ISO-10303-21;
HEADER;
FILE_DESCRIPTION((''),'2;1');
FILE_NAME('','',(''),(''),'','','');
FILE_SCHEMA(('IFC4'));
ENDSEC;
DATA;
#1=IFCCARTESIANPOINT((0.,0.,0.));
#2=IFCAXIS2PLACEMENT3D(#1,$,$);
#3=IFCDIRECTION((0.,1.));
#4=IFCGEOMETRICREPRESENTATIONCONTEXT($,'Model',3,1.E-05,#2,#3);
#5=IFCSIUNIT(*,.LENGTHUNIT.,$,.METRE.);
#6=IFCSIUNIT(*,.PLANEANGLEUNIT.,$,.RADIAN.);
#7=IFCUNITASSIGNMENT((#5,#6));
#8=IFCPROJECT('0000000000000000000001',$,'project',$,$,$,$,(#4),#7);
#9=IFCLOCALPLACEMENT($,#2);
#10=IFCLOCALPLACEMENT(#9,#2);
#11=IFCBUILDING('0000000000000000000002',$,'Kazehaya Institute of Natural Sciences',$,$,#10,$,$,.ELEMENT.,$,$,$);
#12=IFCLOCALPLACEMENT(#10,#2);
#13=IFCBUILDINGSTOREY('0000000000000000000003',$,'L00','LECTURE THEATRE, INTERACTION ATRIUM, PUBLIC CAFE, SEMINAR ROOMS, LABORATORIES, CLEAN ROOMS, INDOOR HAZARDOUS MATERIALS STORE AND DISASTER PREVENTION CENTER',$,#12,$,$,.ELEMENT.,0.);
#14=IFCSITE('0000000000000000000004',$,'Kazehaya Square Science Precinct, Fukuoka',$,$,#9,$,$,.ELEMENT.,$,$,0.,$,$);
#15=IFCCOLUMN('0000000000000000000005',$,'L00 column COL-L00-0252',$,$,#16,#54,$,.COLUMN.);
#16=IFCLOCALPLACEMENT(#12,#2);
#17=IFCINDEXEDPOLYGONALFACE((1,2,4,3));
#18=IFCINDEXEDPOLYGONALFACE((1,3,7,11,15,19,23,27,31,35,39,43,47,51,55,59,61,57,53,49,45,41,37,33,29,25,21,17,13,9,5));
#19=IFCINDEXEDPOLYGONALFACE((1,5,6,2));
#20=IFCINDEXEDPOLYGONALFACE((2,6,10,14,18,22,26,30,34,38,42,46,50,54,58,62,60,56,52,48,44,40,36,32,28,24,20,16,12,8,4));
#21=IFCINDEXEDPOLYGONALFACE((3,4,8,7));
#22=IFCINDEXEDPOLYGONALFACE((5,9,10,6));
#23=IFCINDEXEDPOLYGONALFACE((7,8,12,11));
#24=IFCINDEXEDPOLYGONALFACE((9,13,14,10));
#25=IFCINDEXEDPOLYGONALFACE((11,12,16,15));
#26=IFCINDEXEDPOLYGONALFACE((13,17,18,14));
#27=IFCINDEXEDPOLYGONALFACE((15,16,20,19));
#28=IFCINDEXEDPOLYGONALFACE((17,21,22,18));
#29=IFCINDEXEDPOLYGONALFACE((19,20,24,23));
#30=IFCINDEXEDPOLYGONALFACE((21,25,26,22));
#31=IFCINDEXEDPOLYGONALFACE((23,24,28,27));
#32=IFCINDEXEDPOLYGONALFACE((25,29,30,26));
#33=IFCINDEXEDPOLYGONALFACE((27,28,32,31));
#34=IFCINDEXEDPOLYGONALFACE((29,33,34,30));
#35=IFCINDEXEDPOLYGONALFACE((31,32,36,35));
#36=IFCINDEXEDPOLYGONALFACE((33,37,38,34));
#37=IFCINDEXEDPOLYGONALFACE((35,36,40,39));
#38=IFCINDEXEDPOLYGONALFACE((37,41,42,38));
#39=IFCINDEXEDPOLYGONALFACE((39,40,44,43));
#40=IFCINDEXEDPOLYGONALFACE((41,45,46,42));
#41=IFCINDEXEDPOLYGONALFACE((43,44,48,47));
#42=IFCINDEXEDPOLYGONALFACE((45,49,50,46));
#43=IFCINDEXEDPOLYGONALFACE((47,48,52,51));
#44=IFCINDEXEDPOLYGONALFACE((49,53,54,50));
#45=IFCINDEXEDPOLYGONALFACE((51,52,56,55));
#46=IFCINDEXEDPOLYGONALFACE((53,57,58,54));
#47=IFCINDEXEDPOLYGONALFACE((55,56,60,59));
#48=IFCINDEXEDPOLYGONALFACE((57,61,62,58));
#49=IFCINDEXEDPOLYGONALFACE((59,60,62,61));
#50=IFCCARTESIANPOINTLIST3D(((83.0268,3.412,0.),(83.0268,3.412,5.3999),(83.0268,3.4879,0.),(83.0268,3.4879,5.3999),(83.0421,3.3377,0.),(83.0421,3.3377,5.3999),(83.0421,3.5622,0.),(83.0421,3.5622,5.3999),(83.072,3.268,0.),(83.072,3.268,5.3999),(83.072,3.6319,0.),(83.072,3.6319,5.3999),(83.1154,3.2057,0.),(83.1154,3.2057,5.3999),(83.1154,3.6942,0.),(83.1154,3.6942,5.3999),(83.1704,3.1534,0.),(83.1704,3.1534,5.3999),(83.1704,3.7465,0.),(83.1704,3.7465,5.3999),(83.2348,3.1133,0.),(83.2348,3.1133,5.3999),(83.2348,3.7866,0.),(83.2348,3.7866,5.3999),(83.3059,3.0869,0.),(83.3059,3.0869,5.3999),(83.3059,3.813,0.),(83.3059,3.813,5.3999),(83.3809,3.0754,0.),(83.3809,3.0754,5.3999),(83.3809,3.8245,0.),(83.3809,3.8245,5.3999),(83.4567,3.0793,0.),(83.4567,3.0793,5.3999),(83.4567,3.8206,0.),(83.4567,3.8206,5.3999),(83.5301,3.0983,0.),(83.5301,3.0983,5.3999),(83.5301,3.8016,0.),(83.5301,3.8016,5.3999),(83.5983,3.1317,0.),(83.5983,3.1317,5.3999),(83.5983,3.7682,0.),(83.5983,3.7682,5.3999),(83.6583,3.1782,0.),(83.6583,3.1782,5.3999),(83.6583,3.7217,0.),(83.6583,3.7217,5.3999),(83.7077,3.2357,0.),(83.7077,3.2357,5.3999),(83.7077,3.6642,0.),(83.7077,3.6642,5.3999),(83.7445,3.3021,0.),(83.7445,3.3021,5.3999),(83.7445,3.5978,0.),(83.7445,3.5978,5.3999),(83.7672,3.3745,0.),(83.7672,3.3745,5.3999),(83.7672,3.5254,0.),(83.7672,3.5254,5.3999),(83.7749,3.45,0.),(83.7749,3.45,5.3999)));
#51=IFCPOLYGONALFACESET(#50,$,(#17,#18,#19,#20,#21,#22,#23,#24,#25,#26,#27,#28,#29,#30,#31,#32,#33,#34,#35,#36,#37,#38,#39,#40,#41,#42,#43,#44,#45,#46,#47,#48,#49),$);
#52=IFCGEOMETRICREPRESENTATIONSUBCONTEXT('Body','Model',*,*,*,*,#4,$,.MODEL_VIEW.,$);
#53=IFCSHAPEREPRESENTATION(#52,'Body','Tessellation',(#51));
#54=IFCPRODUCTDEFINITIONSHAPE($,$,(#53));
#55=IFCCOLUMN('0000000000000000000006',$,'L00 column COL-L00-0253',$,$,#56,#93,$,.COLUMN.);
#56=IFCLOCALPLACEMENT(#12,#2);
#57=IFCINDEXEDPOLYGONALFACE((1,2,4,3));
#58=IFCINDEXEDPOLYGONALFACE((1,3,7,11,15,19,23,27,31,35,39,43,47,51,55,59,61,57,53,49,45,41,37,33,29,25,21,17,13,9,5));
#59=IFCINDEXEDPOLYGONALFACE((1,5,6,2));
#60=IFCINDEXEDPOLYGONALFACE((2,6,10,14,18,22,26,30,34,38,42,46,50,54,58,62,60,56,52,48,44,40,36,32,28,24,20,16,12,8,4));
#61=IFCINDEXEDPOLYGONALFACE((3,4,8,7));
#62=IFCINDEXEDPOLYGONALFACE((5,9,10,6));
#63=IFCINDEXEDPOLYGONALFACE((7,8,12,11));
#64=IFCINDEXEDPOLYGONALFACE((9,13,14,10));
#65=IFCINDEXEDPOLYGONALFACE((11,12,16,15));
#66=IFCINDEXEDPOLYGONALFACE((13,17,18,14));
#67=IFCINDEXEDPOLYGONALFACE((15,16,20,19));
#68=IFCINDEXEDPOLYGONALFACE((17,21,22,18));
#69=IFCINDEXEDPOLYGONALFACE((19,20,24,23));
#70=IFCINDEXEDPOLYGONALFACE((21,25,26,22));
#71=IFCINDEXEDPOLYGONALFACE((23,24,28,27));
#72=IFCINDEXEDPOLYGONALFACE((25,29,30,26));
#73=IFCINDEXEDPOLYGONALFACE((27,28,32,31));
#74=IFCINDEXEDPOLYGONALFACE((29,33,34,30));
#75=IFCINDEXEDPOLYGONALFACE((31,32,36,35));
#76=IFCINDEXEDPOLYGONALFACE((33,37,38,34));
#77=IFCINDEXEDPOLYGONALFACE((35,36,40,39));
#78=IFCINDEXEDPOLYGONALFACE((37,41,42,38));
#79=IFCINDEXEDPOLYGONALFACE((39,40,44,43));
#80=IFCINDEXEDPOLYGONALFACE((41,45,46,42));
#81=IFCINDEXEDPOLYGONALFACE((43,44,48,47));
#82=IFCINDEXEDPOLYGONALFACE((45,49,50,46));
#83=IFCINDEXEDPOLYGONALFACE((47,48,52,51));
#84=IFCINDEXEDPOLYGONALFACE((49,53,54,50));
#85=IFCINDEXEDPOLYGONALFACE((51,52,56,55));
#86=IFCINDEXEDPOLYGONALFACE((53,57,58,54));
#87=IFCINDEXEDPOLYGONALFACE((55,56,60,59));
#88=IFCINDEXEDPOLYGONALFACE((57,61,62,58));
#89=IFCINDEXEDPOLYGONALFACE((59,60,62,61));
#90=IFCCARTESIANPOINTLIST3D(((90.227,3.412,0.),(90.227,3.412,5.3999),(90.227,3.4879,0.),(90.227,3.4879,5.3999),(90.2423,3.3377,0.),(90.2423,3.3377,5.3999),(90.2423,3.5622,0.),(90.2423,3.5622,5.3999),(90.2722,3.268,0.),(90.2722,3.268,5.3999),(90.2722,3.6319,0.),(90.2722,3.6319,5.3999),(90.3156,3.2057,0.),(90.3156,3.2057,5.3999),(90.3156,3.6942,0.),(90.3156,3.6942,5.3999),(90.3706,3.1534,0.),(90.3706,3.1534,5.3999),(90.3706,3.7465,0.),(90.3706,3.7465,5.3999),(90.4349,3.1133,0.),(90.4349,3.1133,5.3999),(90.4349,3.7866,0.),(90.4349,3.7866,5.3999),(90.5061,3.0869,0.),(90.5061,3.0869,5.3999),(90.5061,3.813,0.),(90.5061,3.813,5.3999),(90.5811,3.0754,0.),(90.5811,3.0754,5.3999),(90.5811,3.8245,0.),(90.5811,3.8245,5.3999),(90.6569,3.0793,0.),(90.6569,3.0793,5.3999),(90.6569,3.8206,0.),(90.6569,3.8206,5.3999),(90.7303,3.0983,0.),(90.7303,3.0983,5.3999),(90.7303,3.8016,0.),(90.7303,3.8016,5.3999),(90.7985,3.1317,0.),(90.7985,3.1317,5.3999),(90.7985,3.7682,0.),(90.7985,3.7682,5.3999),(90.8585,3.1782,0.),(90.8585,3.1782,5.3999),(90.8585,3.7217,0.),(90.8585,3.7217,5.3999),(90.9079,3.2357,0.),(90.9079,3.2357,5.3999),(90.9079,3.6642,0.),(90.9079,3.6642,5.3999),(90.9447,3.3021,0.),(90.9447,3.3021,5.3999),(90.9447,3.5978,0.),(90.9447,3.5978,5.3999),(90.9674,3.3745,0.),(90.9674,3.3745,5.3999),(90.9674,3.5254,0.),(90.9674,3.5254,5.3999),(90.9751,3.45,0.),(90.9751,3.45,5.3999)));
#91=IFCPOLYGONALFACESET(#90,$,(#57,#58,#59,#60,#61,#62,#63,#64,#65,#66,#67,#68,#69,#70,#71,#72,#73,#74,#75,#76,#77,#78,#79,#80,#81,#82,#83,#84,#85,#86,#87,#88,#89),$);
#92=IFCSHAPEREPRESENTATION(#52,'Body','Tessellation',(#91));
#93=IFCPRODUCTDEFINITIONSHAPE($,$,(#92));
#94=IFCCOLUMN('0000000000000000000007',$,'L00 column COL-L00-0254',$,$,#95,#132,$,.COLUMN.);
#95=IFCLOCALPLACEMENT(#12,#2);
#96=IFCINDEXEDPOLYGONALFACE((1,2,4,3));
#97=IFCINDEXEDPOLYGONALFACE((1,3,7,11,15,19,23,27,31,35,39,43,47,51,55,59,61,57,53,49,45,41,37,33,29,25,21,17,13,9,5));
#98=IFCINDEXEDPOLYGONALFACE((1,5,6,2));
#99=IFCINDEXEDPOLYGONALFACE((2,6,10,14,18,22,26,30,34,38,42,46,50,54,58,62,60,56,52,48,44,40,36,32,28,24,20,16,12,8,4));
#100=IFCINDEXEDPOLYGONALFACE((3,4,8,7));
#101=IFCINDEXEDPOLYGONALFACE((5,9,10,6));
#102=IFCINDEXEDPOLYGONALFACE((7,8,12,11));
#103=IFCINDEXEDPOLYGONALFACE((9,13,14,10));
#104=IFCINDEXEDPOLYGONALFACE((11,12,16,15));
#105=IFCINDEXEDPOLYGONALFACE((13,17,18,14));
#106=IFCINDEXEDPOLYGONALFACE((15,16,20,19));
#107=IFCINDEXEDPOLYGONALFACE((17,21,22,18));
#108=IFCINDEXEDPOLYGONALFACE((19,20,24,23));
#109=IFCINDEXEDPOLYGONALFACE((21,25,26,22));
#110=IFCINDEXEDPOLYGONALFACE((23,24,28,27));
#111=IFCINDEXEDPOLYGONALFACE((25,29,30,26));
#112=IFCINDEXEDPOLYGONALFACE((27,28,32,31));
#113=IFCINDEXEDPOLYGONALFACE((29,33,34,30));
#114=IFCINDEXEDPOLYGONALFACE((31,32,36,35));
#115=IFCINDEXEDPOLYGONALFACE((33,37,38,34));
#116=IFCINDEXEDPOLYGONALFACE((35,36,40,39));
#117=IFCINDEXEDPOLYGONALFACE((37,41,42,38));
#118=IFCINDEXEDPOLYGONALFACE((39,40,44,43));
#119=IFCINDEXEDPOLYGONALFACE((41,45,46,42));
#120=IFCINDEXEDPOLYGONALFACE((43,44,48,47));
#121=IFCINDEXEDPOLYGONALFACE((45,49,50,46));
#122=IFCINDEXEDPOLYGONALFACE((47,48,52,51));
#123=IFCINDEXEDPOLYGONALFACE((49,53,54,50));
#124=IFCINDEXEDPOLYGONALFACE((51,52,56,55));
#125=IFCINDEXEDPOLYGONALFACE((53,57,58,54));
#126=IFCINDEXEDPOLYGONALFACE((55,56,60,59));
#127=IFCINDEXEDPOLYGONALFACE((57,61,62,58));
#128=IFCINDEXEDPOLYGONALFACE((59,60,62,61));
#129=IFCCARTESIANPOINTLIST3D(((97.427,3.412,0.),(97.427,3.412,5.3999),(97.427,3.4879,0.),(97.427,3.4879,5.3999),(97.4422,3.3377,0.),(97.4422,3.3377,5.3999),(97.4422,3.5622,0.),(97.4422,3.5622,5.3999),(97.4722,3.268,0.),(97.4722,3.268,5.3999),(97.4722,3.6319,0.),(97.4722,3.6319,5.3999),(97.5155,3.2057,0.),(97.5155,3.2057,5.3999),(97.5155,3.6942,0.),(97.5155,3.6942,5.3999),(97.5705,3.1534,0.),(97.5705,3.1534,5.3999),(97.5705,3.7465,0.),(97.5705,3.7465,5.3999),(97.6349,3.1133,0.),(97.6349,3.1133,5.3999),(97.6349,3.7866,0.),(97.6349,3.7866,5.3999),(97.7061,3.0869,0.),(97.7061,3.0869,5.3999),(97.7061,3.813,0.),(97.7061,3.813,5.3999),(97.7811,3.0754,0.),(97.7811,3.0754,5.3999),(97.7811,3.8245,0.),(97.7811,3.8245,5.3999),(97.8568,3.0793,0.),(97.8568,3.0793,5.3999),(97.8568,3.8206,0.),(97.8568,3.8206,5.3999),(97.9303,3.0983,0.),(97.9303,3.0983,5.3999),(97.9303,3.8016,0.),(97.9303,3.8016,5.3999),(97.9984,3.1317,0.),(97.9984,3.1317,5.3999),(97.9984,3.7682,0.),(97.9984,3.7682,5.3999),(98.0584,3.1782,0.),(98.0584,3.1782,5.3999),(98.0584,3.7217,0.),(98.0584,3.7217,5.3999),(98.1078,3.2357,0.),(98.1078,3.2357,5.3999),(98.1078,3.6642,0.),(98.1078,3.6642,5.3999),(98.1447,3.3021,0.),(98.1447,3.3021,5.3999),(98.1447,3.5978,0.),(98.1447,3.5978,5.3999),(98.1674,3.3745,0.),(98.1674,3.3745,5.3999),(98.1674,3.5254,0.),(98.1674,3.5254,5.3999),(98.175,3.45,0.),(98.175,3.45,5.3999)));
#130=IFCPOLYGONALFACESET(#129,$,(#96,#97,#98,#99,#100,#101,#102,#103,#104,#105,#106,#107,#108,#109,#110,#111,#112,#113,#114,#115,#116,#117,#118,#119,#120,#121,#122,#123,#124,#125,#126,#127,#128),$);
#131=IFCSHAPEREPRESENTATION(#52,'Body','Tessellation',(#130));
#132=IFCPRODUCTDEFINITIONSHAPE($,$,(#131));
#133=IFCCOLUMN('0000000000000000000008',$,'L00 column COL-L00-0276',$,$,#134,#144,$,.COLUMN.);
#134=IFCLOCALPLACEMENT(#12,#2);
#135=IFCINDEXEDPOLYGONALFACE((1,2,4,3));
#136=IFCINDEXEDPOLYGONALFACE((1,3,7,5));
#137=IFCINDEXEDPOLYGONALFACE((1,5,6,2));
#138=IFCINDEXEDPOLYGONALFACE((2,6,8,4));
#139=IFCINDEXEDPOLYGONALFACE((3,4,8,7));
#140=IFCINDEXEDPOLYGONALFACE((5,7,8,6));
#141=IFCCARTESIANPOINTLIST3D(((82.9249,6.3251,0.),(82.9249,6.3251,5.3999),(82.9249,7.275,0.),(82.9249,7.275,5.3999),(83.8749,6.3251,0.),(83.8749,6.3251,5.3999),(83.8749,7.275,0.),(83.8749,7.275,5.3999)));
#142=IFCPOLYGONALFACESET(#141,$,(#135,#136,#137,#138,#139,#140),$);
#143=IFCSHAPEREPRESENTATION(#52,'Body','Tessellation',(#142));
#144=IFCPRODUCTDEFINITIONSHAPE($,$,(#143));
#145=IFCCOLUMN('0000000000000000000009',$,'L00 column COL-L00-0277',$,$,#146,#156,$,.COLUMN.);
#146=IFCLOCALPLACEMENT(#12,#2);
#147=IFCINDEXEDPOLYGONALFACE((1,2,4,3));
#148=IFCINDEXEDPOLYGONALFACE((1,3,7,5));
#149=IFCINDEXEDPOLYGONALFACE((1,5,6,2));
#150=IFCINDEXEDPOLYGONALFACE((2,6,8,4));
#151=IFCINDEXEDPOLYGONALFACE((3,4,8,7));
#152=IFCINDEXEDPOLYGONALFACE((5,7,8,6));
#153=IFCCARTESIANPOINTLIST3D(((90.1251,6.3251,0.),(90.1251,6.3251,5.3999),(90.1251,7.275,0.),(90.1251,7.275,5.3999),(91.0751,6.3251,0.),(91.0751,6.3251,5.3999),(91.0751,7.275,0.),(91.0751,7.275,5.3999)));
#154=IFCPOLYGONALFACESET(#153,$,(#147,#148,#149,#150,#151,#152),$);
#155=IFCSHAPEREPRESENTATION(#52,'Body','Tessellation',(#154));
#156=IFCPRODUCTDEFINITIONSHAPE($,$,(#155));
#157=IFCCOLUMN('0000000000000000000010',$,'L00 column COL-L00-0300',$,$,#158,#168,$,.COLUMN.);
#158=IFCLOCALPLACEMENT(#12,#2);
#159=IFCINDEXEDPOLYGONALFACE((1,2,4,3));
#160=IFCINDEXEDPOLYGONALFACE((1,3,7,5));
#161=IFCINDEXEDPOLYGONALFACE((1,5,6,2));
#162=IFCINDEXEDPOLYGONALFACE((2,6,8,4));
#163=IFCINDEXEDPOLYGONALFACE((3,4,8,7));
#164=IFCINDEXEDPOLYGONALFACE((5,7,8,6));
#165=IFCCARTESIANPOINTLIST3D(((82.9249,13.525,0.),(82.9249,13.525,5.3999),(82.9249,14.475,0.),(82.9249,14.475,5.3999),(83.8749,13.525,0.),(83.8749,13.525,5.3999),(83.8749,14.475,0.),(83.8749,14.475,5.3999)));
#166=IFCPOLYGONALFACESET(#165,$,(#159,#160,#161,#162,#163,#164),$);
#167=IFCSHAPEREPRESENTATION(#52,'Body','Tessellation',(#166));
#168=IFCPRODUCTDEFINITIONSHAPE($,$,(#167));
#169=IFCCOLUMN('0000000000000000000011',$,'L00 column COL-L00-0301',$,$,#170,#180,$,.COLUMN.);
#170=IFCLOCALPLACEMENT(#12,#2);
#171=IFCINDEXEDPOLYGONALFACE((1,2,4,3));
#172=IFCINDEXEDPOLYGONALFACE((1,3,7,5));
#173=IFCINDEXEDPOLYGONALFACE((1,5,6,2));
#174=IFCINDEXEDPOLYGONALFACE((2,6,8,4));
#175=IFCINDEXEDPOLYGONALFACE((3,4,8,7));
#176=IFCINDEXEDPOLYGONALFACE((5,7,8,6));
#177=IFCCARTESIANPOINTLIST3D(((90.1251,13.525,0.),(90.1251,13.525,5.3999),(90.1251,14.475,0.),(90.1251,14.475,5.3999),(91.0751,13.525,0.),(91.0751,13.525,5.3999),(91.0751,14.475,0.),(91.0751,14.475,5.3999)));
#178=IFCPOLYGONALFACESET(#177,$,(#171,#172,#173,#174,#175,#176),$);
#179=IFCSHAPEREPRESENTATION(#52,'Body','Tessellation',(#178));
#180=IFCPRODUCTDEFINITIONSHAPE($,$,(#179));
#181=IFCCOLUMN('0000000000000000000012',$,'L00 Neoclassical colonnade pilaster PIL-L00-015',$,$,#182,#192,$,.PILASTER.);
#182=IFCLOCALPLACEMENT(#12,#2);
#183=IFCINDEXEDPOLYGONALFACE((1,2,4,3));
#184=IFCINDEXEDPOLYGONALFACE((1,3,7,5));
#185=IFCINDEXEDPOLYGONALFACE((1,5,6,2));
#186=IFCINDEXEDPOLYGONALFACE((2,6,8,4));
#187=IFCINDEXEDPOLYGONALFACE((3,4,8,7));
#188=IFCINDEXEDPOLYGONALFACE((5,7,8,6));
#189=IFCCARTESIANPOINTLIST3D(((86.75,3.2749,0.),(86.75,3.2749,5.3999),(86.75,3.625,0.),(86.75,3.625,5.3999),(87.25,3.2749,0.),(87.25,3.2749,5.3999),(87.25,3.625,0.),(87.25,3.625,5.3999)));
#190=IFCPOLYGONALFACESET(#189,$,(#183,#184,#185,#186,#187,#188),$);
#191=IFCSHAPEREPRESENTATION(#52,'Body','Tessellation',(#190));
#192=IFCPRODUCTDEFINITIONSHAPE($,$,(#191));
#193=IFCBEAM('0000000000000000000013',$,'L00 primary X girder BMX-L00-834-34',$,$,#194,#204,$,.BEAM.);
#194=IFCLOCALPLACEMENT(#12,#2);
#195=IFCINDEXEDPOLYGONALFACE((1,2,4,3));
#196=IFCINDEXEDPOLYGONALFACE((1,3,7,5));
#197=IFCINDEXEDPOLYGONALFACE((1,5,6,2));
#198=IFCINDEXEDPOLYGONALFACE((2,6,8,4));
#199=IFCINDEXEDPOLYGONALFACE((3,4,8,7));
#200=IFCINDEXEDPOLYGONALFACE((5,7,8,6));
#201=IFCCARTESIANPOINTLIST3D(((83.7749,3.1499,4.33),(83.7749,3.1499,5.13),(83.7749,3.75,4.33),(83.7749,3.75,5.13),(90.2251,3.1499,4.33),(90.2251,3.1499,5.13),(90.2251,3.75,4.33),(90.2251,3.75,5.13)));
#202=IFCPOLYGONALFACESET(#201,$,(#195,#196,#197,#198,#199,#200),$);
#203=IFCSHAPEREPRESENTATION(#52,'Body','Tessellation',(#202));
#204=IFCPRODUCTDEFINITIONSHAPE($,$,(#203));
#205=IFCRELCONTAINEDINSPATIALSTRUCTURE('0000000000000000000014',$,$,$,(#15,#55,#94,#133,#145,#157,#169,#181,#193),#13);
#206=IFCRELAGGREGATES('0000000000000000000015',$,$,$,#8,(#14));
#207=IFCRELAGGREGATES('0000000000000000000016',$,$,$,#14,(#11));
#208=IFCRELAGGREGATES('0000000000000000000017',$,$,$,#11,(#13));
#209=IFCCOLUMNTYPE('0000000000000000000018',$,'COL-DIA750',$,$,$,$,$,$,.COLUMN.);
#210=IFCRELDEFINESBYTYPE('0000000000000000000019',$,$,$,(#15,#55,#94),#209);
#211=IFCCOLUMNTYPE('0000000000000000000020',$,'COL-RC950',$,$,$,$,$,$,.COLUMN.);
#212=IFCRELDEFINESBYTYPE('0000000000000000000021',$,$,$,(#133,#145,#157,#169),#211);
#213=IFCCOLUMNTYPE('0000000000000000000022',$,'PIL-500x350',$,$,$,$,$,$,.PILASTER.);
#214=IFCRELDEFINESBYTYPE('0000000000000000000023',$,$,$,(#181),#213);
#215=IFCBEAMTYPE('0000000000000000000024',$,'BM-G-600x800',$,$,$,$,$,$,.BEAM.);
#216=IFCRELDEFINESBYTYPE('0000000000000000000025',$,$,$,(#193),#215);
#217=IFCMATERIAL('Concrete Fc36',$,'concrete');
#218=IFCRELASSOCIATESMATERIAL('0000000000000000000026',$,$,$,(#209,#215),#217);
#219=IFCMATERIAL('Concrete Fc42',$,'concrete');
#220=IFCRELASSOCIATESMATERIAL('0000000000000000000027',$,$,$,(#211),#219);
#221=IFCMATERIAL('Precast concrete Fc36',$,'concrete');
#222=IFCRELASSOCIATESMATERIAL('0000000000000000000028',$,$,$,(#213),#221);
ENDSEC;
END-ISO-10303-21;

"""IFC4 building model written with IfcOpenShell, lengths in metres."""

from ifc_helpers import new_model, si_unit, direction, frame, origin, origin_2d, place, context, subcontext, project, spatial, rectangle, circle, extrude, material, material_profile, profile_set, type_object, element, save


model = new_model("IFC4")

# Units and contexts
model_context = context("Model", 3, precision=1e-05, world=origin(), true_north=direction((0.0, 1.0)))
body_context = subcontext(model_context, "Body", "Model", "MODEL_VIEW")
ifc_project = project(units=[si_unit("LENGTHUNIT", "METRE"), si_unit("PLANEANGLEUNIT", "RADIAN")], contexts=[model_context])

# Site, building, storey
site_placement = place(None, origin())
site = spatial("IfcSite", under=ifc_project, at=site_placement, Name="Kazehaya Square Science Precinct, Fukuoka", CompositionType="ELEMENT", RefElevation=0.0)
building_placement = place(site_placement, origin())
building = spatial("IfcBuilding", under=site, at=building_placement, Name="Kazehaya Institute of Natural Sciences", CompositionType="ELEMENT")
storey_placement = place(building_placement, origin())
storey = spatial("IfcBuildingStorey", under=building, at=storey_placement, Name="L00", Description="LECTURE THEATRE, INTERACTION ATRIUM, PUBLIC CAFE, SEMINAR ROOMS, LABORATORIES, CLEAN ROOMS, INDOOR HAZARDOUS MATERIALS STORE AND DISASTER PREVENTION CENTER", CompositionType="ELEMENT", Elevation=0.0)

# Columns
ifc_material_1 = material(Name="Concrete Fc36", Category="concrete")
ifc_material_profile_1 = material_profile(ifc_material_1, circle(Radius=0.375, at=origin_2d()), Name="RC-DIA750")
ifc_profile_set_1 = profile_set([ifc_material_profile_1], Name="Concrete Fc36")
column_type_1 = type_object("IfcColumnType", Name="COL-DIA750", PredefinedType="COLUMN", material=ifc_profile_set_1)
for number, where, z_axis, x_axis, name in (
    (1, (83.3999, 3.45, 0.0), (0.0, 0.0, 1.0), (1.0, 0.0, 0.0), "L00 column COL-L00-0252"),
    (2, (90.6001, 3.45, 0.0), (0.0, 0.0, 1.0), (1.0, 0.0, 0.0), "L00 column COL-L00-0253"),
    (3, (97.8, 3.45, 0.0), (0.0, 0.0, 1.0), (1.0, 0.0, 0.0), "L00 column COL-L00-0254"),
):
    element("IfcColumn", number, at=place(storey_placement, frame(where, z_axis=z_axis, x_axis=x_axis)), inside=storey, type_object=column_type_1, Name=name, PredefinedType="COLUMN", context=body_context, shape_type="SweptSolid", body=[
        extrude(circle(Radius=0.375, at=origin_2d()), origin(), (0.0, 0.0, 1.0), 5.3999),
    ])
ifc_material_2 = material(Name="Concrete Fc42", Category="concrete")
ifc_material_profile_2 = material_profile(ifc_material_2, rectangle(XDim=0.95, YDim=0.95, at=origin_2d()), Name="RC-950x950")
ifc_profile_set_2 = profile_set([ifc_material_profile_2], Name="Concrete Fc42")
column_type_2 = type_object("IfcColumnType", Name="COL-RC950", PredefinedType="COLUMN", material=ifc_profile_set_2)
for number, where, z_axis, x_axis, name in (
    (4, (83.3999, 6.8, 0.0), (0.0, 0.0, 1.0), (1.0, 0.0, 0.0), "L00 column COL-L00-0276"),
    (5, (90.6001, 6.8, 0.0), (0.0, 0.0, 1.0), (1.0, 0.0, 0.0), "L00 column COL-L00-0277"),
    (6, (83.3999, 14.0, 0.0), (0.0, 0.0, 1.0), (1.0, 0.0, 0.0), "L00 column COL-L00-0300"),
    (7, (90.6001, 14.0, 0.0), (0.0, 0.0, 1.0), (1.0, 0.0, 0.0), "L00 column COL-L00-0301"),
):
    element("IfcColumn", number, at=place(storey_placement, frame(where, z_axis=z_axis, x_axis=x_axis)), inside=storey, type_object=column_type_2, Name=name, PredefinedType="COLUMN", context=body_context, shape_type="SweptSolid", body=[
        extrude(rectangle(XDim=0.95, YDim=0.95, at=origin_2d()), origin(), (0.0, 0.0, 1.0), 5.3999),
    ])
ifc_material_3 = material(Name="Precast concrete Fc36", Category="concrete")
ifc_material_profile_3 = material_profile(ifc_material_3, rectangle(XDim=0.5, YDim=0.3501, at=origin_2d()), Name="RC-PIL-500x350")
ifc_profile_set_3 = profile_set([ifc_material_profile_3], Name="Precast concrete Fc36")
column_type_3 = type_object("IfcColumnType", Name="PIL-500x350", PredefinedType="PILASTER", material=ifc_profile_set_3)
column_placement = place(storey_placement, frame((87.0, 3.45, 0.0), z_axis=(0.0, 0.0, 1.0), x_axis=(1.0, 0.0, 0.0)))
element("IfcColumn", 8, at=column_placement, inside=storey, type_object=column_type_3, Name="L00 Neoclassical colonnade pilaster PIL-L00-015", PredefinedType="PILASTER", context=body_context, shape_type="SweptSolid", body=[
    extrude(rectangle(XDim=0.5, YDim=0.3501, at=origin_2d()), origin(), (0.0, 0.0, 1.0), 5.3999),
])

# Beam
ifc_material_profile_4 = material_profile(ifc_material_1, rectangle(XDim=0.6001, YDim=0.8, at=origin_2d()), Name="RC-600x800")
ifc_profile_set_4 = profile_set([ifc_material_profile_4], Name="Concrete Fc36")
beam_type_1 = type_object("IfcBeamType", Name="BM-G-600x800", PredefinedType="BEAM", material=ifc_profile_set_4)
beam_1_placement = place(storey_placement, frame((83.7749, 3.45, 4.73), z_axis=(1.0, 0.0, 0.0), x_axis=(0.0, 1.0, 0.0)))
element("IfcBeam", 9, at=beam_1_placement, inside=storey, type_object=beam_type_1, Name="L00 primary X girder BMX-L00-834-34", PredefinedType="BEAM", context=body_context, shape_type="SweptSolid", body=[
    extrude(rectangle(XDim=0.6001, YDim=0.8, at=origin_2d()), origin(), (0.0, 0.0, 1.0), 6.4502),
])

save(model, "model.ifc")
